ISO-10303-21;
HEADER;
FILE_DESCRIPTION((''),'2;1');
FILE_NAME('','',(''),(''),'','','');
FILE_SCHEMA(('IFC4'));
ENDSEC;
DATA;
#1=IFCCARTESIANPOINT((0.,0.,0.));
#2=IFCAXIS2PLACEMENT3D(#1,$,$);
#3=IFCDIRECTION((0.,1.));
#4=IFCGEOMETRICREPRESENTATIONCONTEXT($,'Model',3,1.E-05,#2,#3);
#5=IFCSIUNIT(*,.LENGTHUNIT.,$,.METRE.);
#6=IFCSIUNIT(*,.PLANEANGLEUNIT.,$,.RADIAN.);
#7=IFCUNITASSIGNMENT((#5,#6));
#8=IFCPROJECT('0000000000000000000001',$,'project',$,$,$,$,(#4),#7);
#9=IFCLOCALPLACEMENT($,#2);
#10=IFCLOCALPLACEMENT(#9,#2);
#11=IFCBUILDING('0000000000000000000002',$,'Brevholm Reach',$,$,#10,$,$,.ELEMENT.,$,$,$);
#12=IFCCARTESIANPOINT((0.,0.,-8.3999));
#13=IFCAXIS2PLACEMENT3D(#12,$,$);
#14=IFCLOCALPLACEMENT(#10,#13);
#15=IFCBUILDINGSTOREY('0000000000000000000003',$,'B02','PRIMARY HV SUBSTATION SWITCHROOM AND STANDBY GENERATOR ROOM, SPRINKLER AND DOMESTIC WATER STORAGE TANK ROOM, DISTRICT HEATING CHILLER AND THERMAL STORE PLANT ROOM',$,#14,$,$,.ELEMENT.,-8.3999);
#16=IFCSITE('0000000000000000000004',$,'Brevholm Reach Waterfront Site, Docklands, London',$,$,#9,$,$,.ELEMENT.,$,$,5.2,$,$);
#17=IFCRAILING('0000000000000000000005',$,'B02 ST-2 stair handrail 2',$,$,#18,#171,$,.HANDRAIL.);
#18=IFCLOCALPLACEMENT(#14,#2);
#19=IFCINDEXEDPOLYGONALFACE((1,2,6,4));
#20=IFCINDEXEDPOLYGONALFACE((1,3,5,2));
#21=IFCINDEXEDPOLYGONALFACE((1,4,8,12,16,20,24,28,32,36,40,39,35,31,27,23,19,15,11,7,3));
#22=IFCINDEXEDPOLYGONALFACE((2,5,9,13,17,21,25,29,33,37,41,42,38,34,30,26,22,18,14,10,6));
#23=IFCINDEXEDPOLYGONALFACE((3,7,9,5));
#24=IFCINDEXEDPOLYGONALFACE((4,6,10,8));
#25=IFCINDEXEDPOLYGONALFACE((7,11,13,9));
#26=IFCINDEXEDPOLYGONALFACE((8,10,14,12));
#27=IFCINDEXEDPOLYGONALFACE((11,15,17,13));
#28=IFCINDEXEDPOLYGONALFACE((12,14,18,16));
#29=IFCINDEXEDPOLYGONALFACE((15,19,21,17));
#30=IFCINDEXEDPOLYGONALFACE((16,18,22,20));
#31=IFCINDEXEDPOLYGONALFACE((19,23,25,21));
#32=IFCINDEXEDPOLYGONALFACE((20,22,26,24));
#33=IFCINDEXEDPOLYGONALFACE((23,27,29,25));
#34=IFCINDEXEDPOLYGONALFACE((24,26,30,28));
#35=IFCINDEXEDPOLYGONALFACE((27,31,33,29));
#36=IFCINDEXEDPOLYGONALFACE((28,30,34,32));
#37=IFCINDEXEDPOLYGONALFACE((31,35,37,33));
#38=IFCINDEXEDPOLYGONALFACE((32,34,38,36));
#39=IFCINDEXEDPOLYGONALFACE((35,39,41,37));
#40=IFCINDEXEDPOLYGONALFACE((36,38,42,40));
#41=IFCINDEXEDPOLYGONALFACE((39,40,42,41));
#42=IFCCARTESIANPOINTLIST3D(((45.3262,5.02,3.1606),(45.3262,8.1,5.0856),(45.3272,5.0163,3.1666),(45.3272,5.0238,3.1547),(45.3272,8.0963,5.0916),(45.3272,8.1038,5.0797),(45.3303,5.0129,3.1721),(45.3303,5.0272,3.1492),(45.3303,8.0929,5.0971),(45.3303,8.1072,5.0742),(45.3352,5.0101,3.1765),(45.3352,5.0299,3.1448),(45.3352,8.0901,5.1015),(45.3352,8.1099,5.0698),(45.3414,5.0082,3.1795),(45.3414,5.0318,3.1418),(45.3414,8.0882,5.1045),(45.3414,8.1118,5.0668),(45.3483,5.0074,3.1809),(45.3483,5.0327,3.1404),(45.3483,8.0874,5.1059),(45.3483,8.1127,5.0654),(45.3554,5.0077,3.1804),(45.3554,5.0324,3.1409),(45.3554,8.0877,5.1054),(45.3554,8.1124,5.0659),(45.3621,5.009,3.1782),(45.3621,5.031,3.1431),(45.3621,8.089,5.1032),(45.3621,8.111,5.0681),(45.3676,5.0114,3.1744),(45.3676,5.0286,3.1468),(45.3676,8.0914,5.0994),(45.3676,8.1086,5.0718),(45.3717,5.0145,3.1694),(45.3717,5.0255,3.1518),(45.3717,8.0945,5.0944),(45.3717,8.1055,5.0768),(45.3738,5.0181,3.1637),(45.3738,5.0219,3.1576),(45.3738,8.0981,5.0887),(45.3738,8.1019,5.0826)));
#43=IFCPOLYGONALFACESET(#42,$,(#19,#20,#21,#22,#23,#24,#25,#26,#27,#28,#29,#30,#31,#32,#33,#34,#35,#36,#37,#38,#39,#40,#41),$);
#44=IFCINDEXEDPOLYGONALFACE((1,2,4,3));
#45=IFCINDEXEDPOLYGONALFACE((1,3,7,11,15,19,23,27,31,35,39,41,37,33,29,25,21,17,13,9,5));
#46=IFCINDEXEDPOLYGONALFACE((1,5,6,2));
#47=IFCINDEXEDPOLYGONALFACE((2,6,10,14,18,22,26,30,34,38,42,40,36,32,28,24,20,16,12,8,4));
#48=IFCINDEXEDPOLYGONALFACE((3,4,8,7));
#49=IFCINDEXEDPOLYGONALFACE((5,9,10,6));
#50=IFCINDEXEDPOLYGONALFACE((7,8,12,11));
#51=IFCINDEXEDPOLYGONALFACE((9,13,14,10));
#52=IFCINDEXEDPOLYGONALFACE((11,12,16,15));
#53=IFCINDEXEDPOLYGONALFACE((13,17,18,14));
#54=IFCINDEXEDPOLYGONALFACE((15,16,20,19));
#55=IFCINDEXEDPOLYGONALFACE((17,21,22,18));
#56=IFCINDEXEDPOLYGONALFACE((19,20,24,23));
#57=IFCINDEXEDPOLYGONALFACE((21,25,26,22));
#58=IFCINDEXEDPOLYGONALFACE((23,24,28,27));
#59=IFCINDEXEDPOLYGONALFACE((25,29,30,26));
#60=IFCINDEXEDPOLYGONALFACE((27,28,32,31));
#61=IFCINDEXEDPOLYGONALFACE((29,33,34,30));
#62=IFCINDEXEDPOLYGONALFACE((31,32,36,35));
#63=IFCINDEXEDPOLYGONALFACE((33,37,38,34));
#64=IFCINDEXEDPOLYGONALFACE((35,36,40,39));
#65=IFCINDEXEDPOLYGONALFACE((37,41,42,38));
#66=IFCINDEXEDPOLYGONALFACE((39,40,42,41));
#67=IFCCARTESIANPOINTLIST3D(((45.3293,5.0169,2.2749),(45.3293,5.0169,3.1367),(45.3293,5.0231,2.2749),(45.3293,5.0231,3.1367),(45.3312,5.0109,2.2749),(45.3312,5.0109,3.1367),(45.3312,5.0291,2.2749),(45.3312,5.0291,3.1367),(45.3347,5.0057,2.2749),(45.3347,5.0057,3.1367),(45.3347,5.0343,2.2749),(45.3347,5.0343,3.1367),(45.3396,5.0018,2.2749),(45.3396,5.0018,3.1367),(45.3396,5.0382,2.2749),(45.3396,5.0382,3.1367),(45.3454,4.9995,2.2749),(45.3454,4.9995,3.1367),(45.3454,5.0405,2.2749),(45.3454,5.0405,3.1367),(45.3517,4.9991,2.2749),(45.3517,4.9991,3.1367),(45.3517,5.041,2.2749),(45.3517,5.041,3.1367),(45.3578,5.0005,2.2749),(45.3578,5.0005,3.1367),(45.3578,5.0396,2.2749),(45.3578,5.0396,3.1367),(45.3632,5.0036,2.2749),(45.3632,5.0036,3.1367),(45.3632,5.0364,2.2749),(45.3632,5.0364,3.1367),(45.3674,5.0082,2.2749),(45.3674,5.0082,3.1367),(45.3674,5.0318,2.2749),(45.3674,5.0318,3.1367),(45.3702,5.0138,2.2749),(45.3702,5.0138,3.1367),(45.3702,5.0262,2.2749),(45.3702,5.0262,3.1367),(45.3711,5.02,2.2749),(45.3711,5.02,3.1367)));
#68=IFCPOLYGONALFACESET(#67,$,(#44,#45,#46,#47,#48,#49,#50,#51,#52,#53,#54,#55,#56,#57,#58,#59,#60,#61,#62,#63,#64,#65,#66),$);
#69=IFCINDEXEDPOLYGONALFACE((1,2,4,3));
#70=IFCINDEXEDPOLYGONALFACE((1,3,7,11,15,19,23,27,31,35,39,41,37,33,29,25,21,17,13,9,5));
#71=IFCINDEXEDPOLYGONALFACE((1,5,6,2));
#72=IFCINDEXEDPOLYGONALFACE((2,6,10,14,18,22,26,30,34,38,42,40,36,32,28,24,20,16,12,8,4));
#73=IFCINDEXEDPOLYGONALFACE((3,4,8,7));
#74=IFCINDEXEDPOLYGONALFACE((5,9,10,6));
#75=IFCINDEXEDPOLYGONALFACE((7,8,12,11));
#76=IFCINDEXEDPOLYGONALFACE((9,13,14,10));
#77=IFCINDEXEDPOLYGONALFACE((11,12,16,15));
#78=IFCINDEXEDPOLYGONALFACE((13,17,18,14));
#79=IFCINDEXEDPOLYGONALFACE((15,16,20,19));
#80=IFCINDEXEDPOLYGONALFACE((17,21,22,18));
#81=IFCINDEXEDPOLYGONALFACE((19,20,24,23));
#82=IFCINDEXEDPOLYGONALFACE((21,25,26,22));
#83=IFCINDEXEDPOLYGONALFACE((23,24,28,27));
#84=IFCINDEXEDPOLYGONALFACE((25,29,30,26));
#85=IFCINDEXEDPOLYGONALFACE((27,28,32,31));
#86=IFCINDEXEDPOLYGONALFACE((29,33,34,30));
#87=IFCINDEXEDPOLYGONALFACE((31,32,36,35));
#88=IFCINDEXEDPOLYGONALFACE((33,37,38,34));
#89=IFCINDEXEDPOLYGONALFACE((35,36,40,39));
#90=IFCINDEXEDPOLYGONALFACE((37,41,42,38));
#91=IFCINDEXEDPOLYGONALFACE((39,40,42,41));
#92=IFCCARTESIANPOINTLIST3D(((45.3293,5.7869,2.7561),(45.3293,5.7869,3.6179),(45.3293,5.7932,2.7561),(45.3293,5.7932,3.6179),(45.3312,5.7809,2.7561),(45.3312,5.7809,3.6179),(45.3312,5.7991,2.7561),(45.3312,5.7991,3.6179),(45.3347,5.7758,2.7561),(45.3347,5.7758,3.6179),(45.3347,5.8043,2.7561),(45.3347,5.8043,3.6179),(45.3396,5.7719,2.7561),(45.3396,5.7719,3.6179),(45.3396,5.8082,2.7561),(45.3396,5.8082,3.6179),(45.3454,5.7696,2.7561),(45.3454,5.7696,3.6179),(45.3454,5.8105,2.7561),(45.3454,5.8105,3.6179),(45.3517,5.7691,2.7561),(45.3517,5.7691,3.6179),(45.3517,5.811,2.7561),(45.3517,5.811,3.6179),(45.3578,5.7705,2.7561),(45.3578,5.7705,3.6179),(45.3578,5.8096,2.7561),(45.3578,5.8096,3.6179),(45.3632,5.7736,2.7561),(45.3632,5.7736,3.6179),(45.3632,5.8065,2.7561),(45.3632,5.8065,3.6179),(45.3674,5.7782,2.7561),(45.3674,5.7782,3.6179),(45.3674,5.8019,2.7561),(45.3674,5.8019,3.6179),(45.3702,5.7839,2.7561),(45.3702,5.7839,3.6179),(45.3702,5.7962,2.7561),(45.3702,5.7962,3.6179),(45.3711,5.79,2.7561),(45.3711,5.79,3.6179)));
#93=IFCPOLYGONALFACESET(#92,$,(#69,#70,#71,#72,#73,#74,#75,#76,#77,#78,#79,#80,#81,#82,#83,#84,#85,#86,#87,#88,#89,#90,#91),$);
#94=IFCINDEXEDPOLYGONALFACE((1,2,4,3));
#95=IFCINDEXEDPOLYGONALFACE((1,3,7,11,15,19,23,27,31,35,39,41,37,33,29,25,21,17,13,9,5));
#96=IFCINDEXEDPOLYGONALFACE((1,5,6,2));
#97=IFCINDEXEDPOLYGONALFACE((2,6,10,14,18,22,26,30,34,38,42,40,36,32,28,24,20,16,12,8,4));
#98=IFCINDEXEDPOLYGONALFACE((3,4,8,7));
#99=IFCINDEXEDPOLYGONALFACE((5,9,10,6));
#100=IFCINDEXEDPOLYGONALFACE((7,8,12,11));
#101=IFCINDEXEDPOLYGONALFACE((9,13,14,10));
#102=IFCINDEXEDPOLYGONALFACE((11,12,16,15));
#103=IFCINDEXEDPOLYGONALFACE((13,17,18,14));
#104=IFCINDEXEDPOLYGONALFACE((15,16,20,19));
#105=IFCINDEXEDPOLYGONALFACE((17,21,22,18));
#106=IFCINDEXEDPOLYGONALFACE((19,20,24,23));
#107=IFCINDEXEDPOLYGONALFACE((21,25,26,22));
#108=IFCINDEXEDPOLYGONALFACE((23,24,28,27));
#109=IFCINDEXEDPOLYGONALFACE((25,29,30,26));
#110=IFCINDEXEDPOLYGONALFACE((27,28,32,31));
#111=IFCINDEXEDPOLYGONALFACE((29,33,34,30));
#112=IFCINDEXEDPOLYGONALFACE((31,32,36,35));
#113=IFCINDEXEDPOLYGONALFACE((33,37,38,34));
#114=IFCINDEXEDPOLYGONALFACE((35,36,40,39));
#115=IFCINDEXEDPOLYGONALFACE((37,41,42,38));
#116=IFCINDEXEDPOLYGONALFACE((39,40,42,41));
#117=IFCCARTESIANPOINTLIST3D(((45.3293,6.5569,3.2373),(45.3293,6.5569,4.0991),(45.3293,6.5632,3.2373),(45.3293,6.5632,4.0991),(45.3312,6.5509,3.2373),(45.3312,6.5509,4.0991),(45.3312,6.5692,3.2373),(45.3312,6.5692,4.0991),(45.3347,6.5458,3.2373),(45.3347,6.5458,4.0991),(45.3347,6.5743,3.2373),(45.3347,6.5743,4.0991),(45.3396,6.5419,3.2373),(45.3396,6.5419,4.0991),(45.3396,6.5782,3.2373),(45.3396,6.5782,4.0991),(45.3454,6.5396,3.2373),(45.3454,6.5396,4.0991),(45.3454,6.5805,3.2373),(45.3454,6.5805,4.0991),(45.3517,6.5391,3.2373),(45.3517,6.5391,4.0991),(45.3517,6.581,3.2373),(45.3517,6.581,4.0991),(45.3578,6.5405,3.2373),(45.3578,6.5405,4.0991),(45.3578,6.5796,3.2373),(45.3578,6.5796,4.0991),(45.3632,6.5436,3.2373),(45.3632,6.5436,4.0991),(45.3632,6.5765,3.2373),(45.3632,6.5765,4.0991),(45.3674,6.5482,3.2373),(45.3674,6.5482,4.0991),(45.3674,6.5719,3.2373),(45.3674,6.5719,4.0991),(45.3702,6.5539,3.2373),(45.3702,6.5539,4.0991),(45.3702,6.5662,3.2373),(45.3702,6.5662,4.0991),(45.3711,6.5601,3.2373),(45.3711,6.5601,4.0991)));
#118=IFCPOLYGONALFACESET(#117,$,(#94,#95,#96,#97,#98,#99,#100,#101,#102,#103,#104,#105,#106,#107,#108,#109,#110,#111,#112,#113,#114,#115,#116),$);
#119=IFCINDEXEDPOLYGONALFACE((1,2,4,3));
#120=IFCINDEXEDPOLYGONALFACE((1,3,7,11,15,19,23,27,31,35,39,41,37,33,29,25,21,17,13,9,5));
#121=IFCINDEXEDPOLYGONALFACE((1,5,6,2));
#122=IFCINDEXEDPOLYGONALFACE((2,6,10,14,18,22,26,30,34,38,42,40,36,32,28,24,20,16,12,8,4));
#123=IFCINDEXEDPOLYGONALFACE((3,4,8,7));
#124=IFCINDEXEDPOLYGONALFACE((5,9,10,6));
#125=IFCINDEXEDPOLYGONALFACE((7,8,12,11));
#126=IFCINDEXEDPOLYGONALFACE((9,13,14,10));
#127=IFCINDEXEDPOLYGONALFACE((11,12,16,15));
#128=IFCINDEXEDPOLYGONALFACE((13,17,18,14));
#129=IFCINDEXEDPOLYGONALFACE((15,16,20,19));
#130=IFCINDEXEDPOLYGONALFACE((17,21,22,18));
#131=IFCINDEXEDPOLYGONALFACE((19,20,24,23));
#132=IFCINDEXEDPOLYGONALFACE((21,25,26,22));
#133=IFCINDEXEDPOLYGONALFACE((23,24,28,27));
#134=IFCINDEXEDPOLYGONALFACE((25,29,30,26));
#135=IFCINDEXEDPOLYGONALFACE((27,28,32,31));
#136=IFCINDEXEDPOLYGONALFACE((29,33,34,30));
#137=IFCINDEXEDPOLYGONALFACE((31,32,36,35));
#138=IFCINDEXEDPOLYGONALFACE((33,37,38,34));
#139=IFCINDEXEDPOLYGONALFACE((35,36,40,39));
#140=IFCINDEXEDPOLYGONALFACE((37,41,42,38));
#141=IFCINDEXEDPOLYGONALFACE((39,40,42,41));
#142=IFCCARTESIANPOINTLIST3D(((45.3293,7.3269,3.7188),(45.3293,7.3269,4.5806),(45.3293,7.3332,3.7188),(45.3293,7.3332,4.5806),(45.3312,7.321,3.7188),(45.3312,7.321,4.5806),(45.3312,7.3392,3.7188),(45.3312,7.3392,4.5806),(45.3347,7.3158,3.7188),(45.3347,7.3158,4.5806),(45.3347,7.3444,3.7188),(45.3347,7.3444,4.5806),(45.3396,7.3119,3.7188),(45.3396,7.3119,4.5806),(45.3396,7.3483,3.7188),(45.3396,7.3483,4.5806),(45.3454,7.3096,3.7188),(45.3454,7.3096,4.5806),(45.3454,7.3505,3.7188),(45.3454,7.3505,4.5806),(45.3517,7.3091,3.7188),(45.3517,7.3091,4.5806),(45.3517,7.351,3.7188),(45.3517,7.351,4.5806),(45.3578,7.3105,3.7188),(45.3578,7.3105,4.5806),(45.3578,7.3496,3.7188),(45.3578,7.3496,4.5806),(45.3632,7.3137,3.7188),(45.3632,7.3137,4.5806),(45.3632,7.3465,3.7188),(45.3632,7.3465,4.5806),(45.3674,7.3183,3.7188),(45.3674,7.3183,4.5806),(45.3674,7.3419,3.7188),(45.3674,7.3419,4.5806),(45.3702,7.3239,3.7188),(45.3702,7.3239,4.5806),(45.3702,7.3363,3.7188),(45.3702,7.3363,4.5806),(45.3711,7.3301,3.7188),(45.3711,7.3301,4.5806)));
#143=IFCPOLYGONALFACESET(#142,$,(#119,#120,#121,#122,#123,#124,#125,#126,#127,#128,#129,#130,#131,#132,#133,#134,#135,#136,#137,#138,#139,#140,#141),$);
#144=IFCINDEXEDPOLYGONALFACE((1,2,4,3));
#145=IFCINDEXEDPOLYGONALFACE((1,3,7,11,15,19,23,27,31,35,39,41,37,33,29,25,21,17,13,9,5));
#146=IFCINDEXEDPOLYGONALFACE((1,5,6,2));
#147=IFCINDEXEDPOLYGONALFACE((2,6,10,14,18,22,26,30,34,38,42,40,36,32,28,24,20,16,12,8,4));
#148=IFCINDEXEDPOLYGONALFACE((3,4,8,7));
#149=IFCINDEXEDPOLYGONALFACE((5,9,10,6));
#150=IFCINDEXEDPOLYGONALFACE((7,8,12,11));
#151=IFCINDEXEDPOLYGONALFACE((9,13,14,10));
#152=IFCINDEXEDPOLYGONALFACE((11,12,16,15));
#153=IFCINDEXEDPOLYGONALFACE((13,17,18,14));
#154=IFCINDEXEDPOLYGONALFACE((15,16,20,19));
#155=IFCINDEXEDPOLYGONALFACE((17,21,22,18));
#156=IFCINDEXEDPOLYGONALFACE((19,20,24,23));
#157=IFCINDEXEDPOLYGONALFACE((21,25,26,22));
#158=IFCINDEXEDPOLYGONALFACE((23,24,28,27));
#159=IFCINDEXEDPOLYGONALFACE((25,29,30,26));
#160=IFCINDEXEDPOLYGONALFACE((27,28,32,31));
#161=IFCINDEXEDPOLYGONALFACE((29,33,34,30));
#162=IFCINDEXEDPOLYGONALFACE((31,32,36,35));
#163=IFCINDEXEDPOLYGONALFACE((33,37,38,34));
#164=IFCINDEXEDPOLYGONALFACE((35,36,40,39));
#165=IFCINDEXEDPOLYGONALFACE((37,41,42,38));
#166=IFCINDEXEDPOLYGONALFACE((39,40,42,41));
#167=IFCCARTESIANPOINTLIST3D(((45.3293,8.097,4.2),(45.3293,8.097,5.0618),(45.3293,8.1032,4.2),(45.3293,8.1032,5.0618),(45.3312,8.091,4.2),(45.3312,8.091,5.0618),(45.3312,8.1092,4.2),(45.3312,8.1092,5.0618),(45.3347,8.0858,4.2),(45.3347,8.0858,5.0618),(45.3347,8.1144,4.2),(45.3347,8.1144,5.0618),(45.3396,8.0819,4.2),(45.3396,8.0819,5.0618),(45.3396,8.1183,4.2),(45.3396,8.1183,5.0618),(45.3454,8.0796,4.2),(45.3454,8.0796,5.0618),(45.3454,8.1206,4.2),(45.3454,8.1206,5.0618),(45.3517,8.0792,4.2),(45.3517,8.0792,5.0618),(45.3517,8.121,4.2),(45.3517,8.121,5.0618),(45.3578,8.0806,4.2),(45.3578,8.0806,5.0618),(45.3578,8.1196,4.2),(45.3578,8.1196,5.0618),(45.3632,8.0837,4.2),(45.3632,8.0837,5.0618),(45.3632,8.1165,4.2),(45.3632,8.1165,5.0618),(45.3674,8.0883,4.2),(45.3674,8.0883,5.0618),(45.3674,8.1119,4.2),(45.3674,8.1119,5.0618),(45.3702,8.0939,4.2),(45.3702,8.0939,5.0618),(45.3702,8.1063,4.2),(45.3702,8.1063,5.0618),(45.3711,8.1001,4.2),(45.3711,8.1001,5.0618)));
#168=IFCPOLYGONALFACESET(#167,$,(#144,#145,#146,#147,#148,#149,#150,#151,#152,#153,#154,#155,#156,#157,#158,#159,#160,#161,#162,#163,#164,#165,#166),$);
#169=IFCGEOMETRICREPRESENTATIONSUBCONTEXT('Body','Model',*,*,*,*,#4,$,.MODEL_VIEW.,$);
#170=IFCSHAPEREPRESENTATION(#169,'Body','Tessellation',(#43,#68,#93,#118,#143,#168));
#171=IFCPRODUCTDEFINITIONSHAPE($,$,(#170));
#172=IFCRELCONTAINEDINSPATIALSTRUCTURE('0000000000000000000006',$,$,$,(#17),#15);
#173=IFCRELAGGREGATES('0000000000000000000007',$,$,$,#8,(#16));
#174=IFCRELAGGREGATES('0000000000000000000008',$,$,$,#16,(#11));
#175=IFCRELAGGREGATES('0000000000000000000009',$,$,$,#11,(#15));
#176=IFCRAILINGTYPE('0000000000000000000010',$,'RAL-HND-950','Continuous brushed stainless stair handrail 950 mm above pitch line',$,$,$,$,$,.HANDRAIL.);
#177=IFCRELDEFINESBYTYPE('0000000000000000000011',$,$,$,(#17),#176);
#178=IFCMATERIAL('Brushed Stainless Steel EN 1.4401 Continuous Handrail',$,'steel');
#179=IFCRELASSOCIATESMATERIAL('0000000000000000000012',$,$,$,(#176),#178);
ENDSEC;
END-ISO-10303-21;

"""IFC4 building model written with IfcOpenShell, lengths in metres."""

from ifc_helpers import new_model, si_unit, direction, frame, origin, origin_2d, place, context, subcontext, project, spatial, circle, extrude, material, type_object, element, save


model = new_model("IFC4")

# Units and contexts
model_context = context("Model", 3, precision=1e-05, world=origin(), true_north=direction((0.0, 1.0)))
body_context = subcontext(model_context, "Body", "Model", "MODEL_VIEW")
ifc_project = project(units=[si_unit("LENGTHUNIT", "METRE"), si_unit("PLANEANGLEUNIT", "RADIAN")], contexts=[model_context])

# Site, building, storey
site_placement = place(None, origin())
site = spatial("IfcSite", under=ifc_project, at=site_placement, Name="Brevholm Reach Waterfront Site, Docklands, London", CompositionType="ELEMENT", RefElevation=5.2)
building_placement = place(site_placement, origin())
building = spatial("IfcBuilding", under=site, at=building_placement, Name="Brevholm Reach", CompositionType="ELEMENT")
storey_placement = place(building_placement, frame((0.0, 0.0, -8.3999)))
storey = spatial("IfcBuildingStorey", under=building, at=storey_placement, Name="B02", Description="PRIMARY HV SUBSTATION SWITCHROOM AND STANDBY GENERATOR ROOM, SPRINKLER AND DOMESTIC WATER STORAGE TANK ROOM, DISTRICT HEATING CHILLER AND THERMAL STORE PLANT ROOM", CompositionType="ELEMENT", Elevation=-8.3999)

# Railing
ifc_material_1 = material(Name="Brushed Stainless Steel EN 1.4401 Continuous Handrail", Category="steel")
railing_type_1 = type_object("IfcRailingType", Name="RAL-HND-950", Description="Continuous brushed stainless stair handrail 950 mm above pitch line", PredefinedType="HANDRAIL", material=ifc_material_1)
railing_1_placement = place(storey_placement, frame((45.3501, 5.02, 2.2749)))
element("IfcRailing", 1, at=railing_1_placement, inside=storey, type_object=railing_type_1, Name="B02 ST-2 stair handrail 2", PredefinedType="HANDRAIL", context=body_context, shape_type="SweptSolid", body=[
    extrude(circle(Radius=0.0239, at=origin_2d()), frame((0.0, 0.0, 0.8857), z_axis=(0.0, 0.847998, 0.529999), x_axis=(-1.0, 0.0, 0.0)), (0.0, 0.0, 1.0), 3.6321),
    extrude(circle(Radius=0.021, at=origin_2d()), origin(), (0.0, 0.0, 1.0), 0.8618),
    extrude(circle(Radius=0.021, at=origin_2d()), frame((0.0, 0.77, 0.4812)), (0.0, 0.0, 1.0), 0.8618),
    extrude(circle(Radius=0.021, at=origin_2d()), frame((0.0, 1.54, 0.9624)), (0.0, 0.0, 1.0), 0.8618),
    extrude(circle(Radius=0.021, at=origin_2d()), frame((0.0, 2.3101, 1.4438)), (0.0, 0.0, 1.0), 0.8618),
    extrude(circle(Radius=0.021, at=origin_2d()), frame((0.0, 3.0801, 1.925)), (0.0, 0.0, 1.0), 0.8618),
])

save(model, "model.ifc")
